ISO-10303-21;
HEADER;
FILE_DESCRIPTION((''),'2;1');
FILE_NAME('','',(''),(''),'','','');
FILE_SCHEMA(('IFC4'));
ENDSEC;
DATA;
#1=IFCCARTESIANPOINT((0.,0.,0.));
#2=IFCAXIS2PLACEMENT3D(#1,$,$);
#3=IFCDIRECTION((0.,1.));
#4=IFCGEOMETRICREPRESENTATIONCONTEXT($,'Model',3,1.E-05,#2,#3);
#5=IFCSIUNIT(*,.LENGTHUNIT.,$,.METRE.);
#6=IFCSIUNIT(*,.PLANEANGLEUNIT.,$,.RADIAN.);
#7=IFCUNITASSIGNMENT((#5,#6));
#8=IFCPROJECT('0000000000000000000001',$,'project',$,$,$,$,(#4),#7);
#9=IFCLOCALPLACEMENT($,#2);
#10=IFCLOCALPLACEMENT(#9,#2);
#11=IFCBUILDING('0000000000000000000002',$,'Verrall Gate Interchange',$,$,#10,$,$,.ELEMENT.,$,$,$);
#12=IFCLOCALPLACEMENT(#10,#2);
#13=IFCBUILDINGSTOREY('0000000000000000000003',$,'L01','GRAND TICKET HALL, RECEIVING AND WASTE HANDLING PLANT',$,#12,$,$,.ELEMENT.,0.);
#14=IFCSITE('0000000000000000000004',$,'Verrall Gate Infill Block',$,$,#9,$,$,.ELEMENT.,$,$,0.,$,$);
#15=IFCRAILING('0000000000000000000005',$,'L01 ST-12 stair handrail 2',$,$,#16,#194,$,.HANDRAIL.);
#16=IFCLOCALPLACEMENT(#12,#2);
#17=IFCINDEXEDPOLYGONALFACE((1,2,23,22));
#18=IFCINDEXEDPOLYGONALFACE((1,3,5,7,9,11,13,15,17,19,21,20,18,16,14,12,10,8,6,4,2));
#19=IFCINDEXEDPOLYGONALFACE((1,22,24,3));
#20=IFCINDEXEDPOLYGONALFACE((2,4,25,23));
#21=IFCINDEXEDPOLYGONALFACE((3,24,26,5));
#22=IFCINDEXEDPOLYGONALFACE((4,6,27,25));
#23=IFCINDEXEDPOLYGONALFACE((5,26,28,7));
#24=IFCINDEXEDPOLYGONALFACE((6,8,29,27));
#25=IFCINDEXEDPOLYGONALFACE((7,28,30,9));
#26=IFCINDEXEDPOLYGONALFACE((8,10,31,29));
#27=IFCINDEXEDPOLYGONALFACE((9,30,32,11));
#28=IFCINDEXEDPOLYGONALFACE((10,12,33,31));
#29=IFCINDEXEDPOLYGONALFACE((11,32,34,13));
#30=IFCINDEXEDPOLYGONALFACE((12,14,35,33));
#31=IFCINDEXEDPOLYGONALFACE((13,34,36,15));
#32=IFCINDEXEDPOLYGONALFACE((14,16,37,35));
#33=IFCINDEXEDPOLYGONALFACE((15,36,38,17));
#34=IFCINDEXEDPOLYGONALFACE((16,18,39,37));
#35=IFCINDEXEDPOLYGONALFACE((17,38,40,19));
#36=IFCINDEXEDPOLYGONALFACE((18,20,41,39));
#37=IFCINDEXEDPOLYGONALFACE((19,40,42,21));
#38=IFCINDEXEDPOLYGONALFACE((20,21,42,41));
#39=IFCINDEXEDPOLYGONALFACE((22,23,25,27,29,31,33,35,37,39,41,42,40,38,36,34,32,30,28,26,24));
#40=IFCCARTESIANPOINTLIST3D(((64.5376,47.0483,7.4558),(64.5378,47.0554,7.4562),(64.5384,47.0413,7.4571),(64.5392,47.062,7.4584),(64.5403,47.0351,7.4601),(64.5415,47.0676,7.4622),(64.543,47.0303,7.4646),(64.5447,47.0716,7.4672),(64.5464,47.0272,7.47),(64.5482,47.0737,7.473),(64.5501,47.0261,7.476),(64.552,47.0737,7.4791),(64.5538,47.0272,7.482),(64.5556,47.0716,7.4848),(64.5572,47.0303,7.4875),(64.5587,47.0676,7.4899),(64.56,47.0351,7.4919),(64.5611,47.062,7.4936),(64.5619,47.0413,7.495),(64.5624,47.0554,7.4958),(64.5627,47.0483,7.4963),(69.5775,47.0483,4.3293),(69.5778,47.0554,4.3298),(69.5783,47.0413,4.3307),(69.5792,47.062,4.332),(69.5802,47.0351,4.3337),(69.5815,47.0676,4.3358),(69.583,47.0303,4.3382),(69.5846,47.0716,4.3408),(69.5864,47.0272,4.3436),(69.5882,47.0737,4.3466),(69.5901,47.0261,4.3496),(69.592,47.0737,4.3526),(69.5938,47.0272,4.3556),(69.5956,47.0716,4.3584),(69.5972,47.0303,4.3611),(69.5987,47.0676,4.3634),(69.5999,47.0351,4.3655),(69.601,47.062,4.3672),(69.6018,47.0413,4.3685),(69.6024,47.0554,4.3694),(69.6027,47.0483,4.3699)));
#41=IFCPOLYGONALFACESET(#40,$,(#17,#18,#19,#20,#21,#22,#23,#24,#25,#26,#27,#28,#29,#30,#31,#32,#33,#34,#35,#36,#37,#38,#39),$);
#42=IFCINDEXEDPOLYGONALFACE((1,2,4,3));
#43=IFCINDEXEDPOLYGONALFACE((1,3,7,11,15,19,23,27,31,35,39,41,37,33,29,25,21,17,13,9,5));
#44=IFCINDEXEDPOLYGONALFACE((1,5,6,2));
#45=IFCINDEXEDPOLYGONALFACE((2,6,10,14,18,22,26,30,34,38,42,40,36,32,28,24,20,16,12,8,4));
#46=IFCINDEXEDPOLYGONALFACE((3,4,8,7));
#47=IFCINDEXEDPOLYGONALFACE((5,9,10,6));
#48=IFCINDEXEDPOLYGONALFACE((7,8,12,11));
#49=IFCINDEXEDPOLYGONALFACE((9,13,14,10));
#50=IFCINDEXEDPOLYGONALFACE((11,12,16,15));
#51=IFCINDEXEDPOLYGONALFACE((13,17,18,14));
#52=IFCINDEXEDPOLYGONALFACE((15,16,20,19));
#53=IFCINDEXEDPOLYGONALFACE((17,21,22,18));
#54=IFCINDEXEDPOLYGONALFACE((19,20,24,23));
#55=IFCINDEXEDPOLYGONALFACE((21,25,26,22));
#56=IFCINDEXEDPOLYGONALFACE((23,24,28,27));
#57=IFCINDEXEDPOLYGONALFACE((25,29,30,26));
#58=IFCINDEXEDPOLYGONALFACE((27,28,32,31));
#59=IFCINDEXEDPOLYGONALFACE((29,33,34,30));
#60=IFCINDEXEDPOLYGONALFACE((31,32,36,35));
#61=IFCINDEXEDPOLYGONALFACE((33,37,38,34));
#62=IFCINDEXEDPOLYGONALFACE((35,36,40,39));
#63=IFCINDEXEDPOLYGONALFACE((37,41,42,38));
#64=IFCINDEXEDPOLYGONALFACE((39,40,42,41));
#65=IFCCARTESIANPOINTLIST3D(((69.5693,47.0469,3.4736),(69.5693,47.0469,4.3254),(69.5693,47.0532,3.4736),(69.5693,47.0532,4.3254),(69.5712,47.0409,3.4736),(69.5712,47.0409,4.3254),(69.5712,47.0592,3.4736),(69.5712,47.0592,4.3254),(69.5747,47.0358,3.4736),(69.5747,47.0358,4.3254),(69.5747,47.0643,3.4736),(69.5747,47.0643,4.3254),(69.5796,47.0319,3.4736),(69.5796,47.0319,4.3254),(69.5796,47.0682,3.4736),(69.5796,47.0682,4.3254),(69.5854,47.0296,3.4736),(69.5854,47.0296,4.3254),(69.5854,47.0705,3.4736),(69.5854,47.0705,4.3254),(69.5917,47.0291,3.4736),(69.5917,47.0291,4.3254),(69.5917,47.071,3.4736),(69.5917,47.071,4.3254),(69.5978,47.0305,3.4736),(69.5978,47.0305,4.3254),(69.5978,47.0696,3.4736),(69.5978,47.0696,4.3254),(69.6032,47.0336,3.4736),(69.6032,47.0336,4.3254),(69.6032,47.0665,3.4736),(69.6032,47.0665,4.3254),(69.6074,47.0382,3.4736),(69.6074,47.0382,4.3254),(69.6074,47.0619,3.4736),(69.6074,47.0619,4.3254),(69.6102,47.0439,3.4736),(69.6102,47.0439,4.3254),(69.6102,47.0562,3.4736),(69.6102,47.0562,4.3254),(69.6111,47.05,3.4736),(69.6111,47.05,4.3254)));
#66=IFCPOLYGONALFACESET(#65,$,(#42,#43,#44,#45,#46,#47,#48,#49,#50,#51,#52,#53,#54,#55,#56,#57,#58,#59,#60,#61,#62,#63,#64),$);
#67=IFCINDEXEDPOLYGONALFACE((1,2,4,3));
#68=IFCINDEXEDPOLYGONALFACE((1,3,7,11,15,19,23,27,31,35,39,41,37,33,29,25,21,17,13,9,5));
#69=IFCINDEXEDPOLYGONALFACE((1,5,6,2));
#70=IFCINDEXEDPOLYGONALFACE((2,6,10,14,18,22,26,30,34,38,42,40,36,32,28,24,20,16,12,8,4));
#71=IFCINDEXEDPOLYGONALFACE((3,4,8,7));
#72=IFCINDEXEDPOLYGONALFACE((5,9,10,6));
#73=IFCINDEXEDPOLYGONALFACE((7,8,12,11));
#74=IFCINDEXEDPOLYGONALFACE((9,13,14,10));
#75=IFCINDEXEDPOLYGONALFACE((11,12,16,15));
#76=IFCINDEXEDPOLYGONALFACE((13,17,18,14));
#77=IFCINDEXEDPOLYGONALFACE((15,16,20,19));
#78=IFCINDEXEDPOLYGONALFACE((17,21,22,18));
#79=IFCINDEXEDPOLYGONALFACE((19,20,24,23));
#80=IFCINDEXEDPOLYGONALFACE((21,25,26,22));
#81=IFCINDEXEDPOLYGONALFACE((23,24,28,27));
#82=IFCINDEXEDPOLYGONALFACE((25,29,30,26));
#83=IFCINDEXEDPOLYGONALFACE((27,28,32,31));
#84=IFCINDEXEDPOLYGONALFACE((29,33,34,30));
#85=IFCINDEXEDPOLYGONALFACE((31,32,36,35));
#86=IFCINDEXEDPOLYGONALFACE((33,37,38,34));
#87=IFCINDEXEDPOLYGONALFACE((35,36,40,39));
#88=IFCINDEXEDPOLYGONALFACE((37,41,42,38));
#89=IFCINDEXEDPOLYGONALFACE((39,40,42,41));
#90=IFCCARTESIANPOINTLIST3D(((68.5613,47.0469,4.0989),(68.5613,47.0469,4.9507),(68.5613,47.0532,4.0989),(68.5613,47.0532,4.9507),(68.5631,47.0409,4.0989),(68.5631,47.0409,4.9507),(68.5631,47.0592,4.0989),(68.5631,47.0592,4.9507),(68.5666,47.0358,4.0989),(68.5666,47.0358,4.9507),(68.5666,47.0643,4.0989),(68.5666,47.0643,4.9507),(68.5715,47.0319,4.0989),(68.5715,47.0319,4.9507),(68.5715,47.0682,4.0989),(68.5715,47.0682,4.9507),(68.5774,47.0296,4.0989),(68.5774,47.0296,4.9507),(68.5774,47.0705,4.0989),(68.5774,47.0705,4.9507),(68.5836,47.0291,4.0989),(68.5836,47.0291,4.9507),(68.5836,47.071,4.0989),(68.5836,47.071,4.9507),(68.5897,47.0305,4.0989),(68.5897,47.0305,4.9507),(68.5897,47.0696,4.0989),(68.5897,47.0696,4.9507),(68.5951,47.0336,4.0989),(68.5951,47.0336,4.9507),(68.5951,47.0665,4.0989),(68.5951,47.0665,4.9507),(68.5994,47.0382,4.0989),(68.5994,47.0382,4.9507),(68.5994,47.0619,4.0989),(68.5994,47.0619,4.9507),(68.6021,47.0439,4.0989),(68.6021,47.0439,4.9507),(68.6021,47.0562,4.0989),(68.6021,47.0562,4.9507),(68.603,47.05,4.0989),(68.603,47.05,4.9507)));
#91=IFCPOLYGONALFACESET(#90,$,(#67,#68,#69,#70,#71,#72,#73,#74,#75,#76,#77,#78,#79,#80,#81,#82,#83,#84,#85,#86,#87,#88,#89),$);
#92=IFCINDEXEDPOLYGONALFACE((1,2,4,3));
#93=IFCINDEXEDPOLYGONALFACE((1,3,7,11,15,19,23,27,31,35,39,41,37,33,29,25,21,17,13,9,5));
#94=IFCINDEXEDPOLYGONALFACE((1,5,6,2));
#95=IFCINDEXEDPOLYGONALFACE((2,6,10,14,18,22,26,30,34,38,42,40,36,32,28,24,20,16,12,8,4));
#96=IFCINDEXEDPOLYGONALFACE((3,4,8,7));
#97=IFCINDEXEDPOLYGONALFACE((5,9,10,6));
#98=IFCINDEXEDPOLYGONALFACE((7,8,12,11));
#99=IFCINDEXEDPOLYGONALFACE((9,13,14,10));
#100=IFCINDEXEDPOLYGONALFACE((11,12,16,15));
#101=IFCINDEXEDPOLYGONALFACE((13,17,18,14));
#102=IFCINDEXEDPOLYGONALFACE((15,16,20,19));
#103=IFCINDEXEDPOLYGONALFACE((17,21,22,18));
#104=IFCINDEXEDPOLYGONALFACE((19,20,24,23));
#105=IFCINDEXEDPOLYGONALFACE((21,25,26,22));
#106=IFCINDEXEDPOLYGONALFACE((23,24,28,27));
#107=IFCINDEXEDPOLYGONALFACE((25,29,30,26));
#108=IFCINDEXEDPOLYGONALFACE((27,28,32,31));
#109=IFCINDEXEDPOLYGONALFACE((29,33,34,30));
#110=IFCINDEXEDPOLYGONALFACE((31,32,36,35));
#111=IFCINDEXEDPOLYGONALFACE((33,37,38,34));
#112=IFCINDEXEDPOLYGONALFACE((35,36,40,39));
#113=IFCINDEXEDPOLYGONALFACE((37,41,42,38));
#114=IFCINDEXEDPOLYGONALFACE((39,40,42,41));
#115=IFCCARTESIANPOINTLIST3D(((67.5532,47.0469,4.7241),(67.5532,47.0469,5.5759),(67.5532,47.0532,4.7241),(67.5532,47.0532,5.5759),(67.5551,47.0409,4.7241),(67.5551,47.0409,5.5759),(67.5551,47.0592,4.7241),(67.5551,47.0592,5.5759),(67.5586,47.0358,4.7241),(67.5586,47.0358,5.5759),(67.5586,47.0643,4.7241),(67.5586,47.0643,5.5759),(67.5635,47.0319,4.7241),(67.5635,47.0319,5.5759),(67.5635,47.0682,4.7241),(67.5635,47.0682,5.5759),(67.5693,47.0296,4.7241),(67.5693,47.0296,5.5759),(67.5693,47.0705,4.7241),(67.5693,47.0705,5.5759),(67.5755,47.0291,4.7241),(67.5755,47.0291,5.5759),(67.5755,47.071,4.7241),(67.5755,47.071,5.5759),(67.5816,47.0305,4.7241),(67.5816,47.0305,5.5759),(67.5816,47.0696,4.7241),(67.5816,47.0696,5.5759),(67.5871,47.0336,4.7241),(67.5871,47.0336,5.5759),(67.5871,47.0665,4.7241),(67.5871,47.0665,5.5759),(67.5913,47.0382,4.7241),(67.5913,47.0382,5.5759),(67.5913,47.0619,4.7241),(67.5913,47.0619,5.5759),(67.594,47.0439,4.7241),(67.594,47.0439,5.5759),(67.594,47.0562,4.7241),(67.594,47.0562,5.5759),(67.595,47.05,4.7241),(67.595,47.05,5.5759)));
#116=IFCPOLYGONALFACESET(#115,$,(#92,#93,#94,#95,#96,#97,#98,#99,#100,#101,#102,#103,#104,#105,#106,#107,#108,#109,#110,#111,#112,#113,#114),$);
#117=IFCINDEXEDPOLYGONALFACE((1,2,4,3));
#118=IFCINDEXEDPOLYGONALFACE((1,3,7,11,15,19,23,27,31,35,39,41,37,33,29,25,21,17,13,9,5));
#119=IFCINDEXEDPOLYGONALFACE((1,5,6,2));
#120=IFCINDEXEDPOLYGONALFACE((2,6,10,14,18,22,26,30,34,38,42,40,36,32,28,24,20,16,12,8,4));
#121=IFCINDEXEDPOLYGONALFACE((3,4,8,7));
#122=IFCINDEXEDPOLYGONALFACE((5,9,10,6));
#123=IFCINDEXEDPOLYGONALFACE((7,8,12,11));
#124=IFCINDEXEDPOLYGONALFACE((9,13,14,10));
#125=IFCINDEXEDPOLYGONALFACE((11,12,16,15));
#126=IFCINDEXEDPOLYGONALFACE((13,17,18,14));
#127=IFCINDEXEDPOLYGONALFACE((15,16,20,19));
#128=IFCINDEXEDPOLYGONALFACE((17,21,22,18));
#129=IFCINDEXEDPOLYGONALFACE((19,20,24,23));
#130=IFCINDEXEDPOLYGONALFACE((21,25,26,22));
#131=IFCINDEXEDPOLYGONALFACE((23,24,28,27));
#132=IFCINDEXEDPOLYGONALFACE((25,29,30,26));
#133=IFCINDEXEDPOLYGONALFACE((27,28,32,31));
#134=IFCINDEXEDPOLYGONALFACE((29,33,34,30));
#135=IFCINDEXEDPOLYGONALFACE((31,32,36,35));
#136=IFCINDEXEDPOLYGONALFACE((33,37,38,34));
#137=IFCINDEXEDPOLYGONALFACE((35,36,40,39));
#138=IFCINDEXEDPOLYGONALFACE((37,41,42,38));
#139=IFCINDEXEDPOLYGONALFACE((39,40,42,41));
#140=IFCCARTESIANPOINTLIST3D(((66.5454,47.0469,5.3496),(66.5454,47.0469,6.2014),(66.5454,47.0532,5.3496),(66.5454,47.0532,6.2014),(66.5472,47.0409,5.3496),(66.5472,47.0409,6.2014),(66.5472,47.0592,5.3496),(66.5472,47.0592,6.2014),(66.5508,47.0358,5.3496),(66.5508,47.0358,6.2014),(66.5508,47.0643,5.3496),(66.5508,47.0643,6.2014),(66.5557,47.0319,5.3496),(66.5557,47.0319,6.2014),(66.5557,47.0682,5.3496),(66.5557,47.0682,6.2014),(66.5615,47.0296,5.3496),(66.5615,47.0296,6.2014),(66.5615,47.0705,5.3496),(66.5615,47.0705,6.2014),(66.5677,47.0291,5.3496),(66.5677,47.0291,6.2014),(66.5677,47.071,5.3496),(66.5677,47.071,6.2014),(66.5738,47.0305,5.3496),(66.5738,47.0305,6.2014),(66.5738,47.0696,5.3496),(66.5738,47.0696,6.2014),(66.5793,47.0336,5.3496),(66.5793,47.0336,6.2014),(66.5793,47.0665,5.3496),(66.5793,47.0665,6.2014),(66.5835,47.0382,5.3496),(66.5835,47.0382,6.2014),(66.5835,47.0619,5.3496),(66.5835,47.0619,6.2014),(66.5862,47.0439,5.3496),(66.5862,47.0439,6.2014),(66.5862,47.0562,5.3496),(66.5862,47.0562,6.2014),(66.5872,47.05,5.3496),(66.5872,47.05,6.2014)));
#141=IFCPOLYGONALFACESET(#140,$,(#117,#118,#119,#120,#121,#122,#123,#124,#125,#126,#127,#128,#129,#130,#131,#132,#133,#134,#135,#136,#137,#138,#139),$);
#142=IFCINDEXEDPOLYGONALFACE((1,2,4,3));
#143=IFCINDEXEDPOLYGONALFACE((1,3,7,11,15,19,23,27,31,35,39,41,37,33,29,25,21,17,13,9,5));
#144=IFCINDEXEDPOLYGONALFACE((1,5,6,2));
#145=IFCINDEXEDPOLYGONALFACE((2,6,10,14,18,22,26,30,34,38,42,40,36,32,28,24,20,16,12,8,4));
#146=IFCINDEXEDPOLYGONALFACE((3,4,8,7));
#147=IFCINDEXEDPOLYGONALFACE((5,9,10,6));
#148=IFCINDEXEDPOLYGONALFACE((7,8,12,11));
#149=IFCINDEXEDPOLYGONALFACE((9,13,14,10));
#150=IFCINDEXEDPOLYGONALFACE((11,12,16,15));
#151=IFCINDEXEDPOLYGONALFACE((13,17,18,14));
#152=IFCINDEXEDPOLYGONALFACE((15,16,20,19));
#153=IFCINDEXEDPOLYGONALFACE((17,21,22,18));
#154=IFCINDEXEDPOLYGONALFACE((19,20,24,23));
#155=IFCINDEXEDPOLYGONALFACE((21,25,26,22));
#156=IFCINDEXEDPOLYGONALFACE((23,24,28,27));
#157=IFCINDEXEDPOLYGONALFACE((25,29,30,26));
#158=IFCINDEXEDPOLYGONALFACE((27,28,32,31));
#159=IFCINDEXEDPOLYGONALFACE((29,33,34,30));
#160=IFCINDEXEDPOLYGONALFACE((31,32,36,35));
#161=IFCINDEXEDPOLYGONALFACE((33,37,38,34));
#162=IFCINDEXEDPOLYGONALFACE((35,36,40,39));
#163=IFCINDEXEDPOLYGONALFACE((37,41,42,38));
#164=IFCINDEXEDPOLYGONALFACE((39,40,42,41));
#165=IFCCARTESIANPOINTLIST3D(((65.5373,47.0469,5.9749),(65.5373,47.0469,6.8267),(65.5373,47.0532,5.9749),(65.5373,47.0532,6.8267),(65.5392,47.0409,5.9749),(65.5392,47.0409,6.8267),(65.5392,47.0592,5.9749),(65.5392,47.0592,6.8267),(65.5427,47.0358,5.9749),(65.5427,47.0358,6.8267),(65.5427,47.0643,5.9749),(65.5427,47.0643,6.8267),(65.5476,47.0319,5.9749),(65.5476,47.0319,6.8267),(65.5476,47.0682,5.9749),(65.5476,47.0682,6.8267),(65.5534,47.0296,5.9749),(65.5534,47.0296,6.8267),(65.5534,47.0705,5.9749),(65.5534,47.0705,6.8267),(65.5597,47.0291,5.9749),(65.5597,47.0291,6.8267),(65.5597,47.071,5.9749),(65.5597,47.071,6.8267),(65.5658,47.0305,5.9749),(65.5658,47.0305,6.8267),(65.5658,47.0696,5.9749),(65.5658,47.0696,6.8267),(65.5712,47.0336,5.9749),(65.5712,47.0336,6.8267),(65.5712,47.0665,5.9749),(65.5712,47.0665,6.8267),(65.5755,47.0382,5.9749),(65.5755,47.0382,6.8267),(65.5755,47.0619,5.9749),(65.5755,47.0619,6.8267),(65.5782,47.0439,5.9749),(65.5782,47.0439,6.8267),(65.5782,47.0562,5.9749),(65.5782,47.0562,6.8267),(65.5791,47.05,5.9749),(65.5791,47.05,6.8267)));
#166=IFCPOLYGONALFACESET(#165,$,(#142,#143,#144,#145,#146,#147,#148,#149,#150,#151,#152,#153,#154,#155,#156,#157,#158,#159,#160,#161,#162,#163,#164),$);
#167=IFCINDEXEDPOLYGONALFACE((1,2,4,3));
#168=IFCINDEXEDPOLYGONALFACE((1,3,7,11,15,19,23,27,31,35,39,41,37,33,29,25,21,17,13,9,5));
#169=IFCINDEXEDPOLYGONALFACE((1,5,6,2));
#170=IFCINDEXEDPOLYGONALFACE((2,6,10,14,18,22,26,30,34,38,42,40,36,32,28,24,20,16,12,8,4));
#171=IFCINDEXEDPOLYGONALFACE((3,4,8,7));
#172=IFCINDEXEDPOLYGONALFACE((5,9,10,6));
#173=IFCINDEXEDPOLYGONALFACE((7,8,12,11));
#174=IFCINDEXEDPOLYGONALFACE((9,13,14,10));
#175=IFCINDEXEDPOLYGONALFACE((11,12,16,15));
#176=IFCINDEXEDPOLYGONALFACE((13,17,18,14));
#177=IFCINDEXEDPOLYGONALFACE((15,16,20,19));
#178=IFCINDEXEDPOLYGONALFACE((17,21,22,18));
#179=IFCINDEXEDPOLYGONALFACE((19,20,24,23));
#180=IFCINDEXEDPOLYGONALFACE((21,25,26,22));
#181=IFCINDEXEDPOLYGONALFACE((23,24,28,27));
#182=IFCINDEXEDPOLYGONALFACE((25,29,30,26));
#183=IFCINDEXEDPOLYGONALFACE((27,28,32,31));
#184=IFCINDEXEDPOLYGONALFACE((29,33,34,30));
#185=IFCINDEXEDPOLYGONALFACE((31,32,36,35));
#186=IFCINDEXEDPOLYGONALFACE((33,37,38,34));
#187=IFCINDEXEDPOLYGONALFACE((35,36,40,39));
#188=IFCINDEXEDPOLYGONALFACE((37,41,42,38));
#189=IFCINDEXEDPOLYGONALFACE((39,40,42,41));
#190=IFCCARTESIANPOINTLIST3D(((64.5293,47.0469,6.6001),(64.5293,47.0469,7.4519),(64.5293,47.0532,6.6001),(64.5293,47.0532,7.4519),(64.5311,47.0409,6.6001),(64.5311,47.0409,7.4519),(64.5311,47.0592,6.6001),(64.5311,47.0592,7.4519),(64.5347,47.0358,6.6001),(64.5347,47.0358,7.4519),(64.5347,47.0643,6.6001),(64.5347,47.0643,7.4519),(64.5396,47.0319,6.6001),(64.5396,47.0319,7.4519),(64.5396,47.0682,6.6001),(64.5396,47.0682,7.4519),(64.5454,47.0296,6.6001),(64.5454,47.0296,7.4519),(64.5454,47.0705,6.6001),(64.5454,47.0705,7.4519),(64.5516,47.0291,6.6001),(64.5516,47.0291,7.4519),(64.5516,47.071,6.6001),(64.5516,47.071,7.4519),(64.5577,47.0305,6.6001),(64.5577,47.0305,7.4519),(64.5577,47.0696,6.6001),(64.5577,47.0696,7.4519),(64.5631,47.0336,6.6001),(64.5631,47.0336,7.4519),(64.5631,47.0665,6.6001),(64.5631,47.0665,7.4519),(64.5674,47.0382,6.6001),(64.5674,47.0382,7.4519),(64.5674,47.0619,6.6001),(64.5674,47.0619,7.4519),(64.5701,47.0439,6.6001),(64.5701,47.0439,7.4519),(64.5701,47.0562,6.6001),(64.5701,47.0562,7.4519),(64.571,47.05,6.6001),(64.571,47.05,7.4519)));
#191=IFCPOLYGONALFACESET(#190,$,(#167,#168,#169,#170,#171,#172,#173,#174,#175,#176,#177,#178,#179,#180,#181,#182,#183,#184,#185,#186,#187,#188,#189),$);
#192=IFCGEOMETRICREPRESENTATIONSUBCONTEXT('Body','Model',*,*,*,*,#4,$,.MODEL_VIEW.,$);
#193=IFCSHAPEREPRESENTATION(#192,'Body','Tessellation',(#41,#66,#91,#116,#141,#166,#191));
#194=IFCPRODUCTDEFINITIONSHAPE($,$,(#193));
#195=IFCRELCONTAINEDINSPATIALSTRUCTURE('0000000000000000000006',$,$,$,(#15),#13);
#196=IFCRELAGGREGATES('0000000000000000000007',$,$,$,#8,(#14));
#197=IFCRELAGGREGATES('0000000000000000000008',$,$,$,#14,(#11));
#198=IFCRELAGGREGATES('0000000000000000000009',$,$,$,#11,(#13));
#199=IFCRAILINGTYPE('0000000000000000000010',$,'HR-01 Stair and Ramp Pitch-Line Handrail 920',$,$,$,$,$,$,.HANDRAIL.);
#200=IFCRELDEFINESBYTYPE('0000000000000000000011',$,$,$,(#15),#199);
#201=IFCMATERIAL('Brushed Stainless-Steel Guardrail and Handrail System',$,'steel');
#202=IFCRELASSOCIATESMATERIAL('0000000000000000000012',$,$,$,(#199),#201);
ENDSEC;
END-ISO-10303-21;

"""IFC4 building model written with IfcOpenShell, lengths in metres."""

from ifc_helpers import new_model, si_unit, direction, frame, origin, origin_2d, place, context, subcontext, project, spatial, circle, extrude, material, type_object, element, save


model = new_model("IFC4")

# Units and contexts
model_context = context("Model", 3, precision=1e-05, world=origin(), true_north=direction((0.0, 1.0)))
body_context = subcontext(model_context, "Body", "Model", "MODEL_VIEW")
ifc_project = project(units=[si_unit("LENGTHUNIT", "METRE"), si_unit("PLANEANGLEUNIT", "RADIAN")], contexts=[model_context])

# Site, building, storey
site_placement = place(None, origin())
site = spatial("IfcSite", under=ifc_project, at=site_placement, Name="Verrall Gate Infill Block", CompositionType="ELEMENT", RefElevation=0.0)
building_placement = place(site_placement, origin())
building = spatial("IfcBuilding", under=site, at=building_placement, Name="Verrall Gate Interchange", CompositionType="ELEMENT")
storey_placement = place(building_placement, origin())
storey = spatial("IfcBuildingStorey", under=building, at=storey_placement, Name="L01", Description="GRAND TICKET HALL, RECEIVING AND WASTE HANDLING PLANT", CompositionType="ELEMENT", Elevation=0.0)

# Railing
ifc_material_1 = material(Name="Brushed Stainless-Steel Guardrail and Handrail System", Category="steel")
railing_type_1 = type_object("IfcRailingType", Name="HR-01 Stair and Ramp Pitch-Line Handrail 920", PredefinedType="HANDRAIL", material=ifc_material_1)
railing_1_placement = place(storey_placement, frame((69.5901, 47.05, 3.4736)))
element("IfcRailing", 1, at=railing_1_placement, inside=storey, type_object=railing_type_1, Name="L01 ST-12 stair handrail 2", PredefinedType="HANDRAIL", context=body_context, shape_type="SweptSolid", body=[
    extrude(circle(Radius=0.0239, at=origin_2d()), frame((0.0, 0.0, 0.876), z_axis=(-0.849779, 0.0, 0.527139), x_axis=(0.0, -1.0, 0.0)), (0.0, 0.0, 1.0), 5.9309),
    extrude(circle(Radius=0.021, at=origin_2d()), origin(), (0.0, 0.0, 1.0), 0.8518),
    extrude(circle(Radius=0.021, at=origin_2d()), frame((-1.0081, 0.0, 0.6252)), (0.0, 0.0, 1.0), 0.8518),
    extrude(circle(Radius=0.021, at=origin_2d()), frame((-2.0161, 0.0, 1.2505)), (0.0, 0.0, 1.0), 0.8518),
    extrude(circle(Radius=0.021, at=origin_2d()), frame((-3.0239, 0.0, 1.876)), (0.0, 0.0, 1.0), 0.8518),
    extrude(circle(Radius=0.021, at=origin_2d()), frame((-4.032, 0.0, 2.5012)), (0.0, 0.0, 1.0), 0.8518),
    extrude(circle(Radius=0.021, at=origin_2d()), frame((-5.04, 0.0, 3.1265)), (0.0, 0.0, 1.0), 0.8518),
])

save(model, "model.ifc")
